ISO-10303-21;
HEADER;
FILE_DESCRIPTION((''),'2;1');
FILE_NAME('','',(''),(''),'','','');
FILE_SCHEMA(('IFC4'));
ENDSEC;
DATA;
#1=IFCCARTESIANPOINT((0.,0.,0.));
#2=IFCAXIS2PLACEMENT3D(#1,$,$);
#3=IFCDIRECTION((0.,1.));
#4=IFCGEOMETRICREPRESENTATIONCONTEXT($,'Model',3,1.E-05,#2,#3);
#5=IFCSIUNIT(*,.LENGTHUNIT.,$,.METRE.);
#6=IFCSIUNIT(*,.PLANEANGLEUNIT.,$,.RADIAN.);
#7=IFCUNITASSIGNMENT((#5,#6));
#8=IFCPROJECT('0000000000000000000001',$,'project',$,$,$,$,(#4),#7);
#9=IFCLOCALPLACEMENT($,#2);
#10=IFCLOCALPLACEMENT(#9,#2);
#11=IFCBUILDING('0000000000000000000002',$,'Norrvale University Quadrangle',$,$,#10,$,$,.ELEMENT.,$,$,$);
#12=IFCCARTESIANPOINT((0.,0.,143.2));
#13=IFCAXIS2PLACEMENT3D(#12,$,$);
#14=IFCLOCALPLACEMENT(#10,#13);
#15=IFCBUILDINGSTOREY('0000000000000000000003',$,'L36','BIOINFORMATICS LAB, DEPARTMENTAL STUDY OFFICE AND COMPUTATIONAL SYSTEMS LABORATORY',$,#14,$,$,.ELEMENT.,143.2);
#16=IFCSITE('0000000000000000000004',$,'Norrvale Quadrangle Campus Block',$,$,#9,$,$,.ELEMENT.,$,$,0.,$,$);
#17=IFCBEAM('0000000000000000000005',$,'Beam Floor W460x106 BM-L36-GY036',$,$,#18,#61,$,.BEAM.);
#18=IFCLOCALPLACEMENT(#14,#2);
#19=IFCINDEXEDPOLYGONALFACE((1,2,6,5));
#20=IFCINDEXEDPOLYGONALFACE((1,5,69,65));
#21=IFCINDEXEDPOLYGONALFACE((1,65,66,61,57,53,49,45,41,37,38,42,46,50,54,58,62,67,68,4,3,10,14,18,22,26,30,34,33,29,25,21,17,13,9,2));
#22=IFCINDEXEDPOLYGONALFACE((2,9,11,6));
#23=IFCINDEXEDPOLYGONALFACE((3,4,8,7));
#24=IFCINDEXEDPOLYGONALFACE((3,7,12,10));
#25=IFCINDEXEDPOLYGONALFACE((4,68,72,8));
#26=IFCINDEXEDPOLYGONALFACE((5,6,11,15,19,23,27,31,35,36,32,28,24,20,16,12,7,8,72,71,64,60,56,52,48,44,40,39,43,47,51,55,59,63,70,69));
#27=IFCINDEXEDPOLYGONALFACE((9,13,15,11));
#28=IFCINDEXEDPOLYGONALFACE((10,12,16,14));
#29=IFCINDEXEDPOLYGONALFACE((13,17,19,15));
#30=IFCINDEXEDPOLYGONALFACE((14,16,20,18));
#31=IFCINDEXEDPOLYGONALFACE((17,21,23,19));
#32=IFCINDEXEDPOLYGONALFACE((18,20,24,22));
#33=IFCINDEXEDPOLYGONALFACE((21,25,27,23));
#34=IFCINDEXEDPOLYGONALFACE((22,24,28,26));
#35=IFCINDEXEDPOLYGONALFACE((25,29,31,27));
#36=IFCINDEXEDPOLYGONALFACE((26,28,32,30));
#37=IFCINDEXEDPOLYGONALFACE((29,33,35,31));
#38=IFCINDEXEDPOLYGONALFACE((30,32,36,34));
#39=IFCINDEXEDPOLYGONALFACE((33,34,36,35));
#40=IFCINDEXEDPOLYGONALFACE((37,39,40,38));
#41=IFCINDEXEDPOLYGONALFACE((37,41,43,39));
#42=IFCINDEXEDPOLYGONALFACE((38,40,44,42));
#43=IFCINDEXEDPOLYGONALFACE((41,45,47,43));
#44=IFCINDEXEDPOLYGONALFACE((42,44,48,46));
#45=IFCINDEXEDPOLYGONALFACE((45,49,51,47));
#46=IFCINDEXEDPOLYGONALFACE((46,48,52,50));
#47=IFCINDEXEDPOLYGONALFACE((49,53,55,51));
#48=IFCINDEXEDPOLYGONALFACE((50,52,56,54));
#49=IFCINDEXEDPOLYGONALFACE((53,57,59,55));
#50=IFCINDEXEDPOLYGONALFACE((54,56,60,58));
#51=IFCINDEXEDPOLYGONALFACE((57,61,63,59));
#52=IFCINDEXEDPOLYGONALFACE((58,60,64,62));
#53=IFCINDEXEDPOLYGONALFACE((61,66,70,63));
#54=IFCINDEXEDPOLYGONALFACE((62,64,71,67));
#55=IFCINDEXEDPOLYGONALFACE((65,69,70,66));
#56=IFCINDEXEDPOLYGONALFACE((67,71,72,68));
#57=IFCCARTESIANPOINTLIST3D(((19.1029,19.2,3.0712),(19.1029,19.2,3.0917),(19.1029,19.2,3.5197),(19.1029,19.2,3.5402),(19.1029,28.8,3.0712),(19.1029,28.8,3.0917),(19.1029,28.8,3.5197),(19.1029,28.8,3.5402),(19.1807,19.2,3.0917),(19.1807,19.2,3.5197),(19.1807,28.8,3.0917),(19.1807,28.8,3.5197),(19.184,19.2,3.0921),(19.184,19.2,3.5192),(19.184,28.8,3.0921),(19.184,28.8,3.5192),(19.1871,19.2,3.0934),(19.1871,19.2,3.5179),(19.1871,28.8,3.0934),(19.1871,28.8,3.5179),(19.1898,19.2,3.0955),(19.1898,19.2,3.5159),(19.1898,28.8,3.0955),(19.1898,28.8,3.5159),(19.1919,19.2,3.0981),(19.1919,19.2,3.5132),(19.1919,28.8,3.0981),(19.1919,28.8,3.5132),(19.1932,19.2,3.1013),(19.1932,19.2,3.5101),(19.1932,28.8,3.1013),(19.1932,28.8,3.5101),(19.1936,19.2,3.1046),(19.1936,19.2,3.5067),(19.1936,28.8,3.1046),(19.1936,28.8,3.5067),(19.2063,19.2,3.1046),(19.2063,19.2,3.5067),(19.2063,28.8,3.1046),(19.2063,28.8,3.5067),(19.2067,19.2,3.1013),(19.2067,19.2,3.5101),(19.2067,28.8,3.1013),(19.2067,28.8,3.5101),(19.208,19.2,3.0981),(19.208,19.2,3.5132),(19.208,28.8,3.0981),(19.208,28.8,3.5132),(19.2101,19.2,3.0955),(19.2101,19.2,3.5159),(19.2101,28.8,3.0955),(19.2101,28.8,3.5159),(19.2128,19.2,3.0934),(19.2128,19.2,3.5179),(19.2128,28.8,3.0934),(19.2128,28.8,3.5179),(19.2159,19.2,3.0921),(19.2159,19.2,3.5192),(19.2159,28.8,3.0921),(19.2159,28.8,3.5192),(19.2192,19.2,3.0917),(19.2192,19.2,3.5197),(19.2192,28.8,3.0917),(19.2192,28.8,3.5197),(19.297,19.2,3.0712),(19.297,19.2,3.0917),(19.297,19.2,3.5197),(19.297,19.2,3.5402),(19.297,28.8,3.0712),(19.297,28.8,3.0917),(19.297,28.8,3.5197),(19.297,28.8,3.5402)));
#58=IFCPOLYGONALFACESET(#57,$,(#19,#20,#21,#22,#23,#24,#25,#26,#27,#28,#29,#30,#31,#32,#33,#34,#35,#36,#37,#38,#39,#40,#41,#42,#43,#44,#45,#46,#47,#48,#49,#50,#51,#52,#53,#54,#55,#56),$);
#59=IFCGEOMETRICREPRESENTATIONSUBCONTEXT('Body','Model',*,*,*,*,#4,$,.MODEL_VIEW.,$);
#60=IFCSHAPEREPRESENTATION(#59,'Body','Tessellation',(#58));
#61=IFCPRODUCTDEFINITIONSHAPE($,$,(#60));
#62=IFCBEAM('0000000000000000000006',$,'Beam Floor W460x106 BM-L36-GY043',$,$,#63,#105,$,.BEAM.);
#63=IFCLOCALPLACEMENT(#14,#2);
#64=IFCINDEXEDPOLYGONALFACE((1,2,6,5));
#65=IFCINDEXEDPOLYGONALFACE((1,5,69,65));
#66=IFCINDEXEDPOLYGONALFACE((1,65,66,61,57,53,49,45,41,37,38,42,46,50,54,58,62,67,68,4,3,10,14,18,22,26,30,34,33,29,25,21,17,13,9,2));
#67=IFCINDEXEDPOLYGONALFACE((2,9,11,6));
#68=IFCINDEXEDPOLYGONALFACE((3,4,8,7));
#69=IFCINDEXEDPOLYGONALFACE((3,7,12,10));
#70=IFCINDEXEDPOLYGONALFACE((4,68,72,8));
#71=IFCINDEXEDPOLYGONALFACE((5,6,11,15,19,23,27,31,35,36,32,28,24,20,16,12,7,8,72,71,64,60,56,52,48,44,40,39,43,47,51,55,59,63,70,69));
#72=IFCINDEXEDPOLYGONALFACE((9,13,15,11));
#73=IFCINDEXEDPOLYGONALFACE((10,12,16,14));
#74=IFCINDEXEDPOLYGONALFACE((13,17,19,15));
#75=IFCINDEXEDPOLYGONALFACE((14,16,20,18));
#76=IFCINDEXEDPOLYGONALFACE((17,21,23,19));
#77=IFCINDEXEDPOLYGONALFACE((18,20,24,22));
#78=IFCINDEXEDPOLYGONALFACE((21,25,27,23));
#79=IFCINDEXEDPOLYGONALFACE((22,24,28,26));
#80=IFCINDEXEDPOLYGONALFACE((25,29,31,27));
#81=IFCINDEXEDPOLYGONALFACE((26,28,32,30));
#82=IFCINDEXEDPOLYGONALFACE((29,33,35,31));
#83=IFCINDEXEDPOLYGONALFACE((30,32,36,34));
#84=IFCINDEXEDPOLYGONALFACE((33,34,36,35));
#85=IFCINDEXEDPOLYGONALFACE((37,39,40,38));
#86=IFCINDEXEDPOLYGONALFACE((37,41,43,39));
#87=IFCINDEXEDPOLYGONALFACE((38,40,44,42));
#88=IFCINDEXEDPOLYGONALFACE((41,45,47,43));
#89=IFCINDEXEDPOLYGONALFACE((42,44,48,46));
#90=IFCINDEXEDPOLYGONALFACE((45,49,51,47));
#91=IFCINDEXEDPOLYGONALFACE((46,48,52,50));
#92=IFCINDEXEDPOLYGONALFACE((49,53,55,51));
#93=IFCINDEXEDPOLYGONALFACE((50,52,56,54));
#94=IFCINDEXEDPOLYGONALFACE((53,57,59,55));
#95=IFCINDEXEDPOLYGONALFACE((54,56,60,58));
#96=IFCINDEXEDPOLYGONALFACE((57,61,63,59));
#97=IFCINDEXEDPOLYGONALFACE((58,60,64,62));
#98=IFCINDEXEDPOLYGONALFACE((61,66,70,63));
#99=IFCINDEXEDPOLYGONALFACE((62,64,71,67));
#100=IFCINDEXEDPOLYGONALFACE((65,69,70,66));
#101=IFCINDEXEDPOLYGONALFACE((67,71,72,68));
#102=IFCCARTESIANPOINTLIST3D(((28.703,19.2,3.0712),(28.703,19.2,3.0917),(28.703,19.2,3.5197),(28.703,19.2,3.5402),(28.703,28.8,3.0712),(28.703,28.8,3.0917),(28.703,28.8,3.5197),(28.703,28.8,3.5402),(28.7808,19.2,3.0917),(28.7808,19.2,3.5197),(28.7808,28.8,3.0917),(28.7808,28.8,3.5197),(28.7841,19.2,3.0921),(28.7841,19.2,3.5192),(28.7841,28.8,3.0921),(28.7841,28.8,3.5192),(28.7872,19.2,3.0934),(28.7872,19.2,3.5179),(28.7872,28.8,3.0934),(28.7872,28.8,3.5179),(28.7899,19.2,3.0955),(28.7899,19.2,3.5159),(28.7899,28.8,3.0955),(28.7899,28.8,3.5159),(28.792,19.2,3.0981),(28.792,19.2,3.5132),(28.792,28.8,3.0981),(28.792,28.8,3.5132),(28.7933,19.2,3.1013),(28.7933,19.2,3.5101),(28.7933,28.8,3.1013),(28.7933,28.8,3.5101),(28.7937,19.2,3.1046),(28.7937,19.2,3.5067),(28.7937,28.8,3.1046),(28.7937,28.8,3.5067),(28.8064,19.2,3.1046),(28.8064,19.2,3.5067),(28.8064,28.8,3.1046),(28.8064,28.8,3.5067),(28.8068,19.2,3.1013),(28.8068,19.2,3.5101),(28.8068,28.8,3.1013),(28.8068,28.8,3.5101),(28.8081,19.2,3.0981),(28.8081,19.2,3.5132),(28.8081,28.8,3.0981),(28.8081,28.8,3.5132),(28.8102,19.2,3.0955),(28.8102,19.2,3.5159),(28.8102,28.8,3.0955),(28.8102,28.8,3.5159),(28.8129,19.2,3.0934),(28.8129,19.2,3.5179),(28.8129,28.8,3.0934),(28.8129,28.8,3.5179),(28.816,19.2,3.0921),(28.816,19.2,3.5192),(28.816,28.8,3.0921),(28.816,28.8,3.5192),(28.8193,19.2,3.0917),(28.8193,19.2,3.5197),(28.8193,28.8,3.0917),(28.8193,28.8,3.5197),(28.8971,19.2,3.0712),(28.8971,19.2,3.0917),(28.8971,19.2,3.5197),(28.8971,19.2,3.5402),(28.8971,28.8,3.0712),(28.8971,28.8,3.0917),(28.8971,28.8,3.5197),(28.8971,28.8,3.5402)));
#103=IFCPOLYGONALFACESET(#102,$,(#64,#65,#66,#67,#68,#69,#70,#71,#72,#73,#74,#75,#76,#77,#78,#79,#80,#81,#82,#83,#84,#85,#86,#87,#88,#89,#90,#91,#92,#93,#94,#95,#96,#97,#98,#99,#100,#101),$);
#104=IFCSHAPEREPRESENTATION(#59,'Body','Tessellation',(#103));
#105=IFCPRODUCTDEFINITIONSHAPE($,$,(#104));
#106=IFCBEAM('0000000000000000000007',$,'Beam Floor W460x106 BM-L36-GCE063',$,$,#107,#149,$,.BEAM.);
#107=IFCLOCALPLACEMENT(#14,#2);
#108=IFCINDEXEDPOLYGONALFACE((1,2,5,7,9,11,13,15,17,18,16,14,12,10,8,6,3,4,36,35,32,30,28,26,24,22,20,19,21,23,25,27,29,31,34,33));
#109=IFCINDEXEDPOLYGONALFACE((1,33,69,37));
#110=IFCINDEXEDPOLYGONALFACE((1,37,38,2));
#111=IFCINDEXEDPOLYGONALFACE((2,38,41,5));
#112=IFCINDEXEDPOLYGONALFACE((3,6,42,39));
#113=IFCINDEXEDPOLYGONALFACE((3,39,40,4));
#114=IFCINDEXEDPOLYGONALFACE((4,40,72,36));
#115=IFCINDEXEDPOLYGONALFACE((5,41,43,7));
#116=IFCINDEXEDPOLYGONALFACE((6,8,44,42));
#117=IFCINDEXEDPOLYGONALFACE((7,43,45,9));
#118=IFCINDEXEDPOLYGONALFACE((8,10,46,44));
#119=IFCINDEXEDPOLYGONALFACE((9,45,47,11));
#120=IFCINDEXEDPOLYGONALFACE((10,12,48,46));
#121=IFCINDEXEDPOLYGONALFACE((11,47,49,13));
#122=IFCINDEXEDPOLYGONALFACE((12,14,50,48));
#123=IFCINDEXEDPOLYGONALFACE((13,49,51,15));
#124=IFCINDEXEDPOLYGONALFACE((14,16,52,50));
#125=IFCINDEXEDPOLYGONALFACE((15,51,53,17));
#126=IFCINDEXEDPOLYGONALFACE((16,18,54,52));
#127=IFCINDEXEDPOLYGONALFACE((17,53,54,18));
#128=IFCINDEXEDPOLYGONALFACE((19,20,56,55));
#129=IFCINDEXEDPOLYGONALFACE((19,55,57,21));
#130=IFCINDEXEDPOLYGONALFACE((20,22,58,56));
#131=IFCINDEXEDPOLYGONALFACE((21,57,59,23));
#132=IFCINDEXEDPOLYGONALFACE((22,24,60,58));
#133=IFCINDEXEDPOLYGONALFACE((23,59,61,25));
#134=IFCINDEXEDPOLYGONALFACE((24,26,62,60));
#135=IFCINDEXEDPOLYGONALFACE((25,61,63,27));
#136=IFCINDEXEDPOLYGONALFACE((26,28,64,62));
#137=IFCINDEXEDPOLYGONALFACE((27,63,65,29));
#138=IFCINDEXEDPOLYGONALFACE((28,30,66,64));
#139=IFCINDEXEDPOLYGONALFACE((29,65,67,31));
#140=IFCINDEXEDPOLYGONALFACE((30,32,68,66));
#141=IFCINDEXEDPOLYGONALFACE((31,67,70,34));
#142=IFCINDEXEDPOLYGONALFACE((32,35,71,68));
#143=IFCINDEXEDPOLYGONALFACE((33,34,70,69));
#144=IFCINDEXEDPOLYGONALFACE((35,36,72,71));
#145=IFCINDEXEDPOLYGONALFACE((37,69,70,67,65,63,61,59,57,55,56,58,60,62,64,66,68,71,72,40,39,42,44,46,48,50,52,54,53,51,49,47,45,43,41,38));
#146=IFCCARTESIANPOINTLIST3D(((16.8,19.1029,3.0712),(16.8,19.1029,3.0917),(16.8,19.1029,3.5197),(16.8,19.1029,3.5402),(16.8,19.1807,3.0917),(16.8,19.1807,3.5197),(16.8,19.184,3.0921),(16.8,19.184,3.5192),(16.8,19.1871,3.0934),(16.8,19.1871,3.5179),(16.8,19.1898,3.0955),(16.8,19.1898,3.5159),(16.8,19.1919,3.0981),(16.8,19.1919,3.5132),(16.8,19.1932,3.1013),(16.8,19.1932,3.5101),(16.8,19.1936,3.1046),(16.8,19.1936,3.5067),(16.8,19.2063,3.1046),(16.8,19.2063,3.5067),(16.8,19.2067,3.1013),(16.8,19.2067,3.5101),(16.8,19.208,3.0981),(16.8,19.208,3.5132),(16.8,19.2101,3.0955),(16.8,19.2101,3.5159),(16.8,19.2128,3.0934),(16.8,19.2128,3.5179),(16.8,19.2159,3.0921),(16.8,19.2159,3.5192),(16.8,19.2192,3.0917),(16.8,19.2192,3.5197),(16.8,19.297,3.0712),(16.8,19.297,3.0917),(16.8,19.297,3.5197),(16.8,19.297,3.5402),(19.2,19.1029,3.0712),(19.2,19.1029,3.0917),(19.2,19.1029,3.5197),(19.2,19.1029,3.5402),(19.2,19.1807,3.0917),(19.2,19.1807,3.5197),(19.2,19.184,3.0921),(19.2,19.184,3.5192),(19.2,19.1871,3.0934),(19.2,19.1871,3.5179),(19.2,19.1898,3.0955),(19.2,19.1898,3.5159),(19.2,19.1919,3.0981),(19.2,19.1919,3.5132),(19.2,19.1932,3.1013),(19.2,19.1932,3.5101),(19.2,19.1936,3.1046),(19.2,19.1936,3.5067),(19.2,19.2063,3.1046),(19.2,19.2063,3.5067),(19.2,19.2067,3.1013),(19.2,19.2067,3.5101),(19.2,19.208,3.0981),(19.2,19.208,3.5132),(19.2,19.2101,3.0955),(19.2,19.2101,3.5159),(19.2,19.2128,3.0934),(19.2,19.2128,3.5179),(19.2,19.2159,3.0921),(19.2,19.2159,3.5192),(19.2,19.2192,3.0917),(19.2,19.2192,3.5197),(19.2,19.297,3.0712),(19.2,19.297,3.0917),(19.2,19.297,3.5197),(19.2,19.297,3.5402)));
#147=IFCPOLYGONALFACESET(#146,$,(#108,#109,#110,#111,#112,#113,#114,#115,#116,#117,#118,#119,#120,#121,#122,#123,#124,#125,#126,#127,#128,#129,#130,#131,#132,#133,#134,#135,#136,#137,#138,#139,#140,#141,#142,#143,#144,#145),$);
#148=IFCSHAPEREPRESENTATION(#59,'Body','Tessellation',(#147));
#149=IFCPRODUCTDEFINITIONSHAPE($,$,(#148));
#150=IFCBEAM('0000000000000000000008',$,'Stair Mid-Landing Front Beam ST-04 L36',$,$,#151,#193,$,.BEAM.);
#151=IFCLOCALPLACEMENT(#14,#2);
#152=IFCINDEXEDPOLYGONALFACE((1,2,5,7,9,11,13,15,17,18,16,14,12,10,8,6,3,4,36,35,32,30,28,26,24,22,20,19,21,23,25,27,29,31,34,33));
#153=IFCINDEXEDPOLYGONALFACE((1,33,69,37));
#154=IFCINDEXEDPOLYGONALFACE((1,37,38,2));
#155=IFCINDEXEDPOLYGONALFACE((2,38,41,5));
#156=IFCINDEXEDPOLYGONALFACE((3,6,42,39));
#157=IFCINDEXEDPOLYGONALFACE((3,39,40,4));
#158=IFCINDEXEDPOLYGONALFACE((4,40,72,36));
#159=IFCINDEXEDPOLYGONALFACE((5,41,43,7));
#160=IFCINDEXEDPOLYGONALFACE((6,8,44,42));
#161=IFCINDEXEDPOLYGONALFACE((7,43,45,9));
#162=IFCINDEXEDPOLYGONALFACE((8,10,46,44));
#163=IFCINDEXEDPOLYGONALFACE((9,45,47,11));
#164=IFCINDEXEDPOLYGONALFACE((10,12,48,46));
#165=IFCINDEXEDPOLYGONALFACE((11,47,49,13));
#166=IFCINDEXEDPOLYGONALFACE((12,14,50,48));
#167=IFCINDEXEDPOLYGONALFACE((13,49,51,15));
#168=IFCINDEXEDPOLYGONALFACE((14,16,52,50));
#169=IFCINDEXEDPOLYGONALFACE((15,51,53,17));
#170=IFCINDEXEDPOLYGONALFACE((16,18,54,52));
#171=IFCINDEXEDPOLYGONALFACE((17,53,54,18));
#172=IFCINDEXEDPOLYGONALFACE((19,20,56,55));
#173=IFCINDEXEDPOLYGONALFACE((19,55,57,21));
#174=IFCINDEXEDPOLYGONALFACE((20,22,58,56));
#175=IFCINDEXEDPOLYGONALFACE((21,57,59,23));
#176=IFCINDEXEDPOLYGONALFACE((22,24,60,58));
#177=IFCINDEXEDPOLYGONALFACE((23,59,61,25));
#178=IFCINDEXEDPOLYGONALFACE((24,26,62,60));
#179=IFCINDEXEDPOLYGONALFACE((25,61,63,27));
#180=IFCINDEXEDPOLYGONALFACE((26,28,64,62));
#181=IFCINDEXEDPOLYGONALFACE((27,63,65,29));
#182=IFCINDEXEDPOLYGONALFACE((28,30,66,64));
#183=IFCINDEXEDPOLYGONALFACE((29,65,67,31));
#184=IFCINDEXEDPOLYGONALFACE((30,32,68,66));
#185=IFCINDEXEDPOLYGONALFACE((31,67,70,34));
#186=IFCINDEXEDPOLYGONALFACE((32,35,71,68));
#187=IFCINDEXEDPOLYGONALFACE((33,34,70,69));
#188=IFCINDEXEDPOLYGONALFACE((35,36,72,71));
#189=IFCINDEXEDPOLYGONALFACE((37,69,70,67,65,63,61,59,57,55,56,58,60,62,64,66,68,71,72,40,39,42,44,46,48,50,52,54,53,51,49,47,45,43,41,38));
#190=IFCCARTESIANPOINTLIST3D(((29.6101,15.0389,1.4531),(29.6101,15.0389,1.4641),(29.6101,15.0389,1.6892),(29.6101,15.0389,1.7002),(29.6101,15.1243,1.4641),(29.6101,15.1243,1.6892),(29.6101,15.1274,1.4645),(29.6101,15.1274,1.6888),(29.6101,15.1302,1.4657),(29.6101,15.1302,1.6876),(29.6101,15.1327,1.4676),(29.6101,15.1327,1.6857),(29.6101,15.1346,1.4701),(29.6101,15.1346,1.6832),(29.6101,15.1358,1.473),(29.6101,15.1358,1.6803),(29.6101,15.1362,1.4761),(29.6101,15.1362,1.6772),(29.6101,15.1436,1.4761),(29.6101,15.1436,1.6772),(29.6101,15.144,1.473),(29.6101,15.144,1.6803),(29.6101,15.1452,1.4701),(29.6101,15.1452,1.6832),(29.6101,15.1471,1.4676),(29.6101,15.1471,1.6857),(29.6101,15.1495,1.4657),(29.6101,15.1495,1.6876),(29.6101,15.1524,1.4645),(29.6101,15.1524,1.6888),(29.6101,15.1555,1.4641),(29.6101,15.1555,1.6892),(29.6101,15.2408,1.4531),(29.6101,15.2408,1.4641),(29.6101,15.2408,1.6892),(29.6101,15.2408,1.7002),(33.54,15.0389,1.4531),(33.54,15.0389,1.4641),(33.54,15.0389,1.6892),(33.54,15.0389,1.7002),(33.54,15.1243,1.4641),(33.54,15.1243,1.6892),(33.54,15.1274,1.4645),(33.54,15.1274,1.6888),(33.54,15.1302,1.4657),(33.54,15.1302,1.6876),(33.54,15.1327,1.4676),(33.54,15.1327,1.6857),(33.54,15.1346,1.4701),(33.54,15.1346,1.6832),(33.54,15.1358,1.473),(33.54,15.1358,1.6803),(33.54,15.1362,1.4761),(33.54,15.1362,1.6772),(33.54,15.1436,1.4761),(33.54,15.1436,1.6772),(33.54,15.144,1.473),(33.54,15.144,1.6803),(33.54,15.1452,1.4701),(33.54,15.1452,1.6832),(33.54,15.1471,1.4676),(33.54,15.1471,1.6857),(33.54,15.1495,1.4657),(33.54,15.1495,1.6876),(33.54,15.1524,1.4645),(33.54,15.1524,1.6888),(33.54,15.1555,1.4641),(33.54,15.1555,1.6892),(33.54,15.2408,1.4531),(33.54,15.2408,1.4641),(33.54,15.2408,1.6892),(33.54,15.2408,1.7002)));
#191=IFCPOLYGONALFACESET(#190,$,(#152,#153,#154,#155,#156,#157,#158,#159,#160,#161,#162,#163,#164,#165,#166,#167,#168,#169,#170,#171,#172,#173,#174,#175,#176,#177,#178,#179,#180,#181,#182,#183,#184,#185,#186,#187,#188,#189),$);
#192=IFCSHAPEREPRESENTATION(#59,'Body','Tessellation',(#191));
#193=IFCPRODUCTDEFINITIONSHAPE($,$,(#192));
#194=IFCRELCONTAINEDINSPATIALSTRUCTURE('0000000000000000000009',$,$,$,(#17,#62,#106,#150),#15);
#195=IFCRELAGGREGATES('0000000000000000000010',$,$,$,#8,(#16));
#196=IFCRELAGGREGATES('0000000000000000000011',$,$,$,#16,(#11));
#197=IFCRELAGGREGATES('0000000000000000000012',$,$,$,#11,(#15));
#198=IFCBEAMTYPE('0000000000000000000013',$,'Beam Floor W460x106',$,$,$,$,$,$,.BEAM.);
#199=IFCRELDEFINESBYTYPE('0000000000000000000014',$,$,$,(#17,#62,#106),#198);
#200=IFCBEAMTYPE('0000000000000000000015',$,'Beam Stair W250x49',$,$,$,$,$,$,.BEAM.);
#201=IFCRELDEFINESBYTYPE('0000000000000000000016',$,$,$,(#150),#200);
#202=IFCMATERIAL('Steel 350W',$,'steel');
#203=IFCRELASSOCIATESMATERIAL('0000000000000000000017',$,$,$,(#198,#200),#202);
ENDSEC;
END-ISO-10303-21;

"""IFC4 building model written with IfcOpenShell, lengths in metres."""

from ifc_helpers import new_model, si_unit, direction, frame, origin, origin_2d, place, context, subcontext, project, spatial, i_section, extrude, material, material_profile, profile_set, type_object, element, save


model = new_model("IFC4")

# Units and contexts
model_context = context("Model", 3, precision=1e-05, world=origin(), true_north=direction((0.0, 1.0)))
body_context = subcontext(model_context, "Body", "Model", "MODEL_VIEW")
ifc_project = project(units=[si_unit("LENGTHUNIT", "METRE"), si_unit("PLANEANGLEUNIT", "RADIAN")], contexts=[model_context])

# Site, building, storey
site_placement = place(None, origin())
site = spatial("IfcSite", under=ifc_project, at=site_placement, Name="Norrvale Quadrangle Campus Block", CompositionType="ELEMENT", RefElevation=0.0)
building_placement = place(site_placement, origin())
building = spatial("IfcBuilding", under=site, at=building_placement, Name="Norrvale University Quadrangle", CompositionType="ELEMENT")
storey_placement = place(building_placement, frame((0.0, 0.0, 143.2)))
storey = spatial("IfcBuildingStorey", under=building, at=storey_placement, Name="L36", Description="BIOINFORMATICS LAB, DEPARTMENTAL STUDY OFFICE AND COMPUTATIONAL SYSTEMS LABORATORY", CompositionType="ELEMENT", Elevation=143.2)

# Beams
ifc_material_1 = material(Name="Steel 350W", Category="steel")
ifc_material_profile_1 = material_profile(ifc_material_1, i_section(OverallWidth=0.1941, OverallDepth=0.469, WebThickness=0.0127, FlangeThickness=0.0205, FilletRadius=0.0129, at=origin_2d()), Name="Steel 350W")
ifc_profile_set_1 = profile_set([ifc_material_profile_1], Name="Steel 350W")
beam_type_1 = type_object("IfcBeamType", Name="Beam Floor W460x106", PredefinedType="BEAM", material=ifc_profile_set_1)
for number, where, z_axis, x_axis, name in (
    (1, (19.2, 19.2, 3.3057), (0.0, 1.0, 0.0), (-1.0, 0.0, 0.0), "Beam Floor W460x106 BM-L36-GY036"),
    (2, (28.8, 19.2, 3.3057), (0.0, 1.0, 0.0), (-1.0, 0.0, 0.0), "Beam Floor W460x106 BM-L36-GY043"),
):
    element("IfcBeam", number, at=place(storey_placement, frame(where, z_axis=z_axis, x_axis=x_axis)), inside=storey, type_object=beam_type_1, Name=name, PredefinedType="BEAM", context=body_context, shape_type="SweptSolid", body=[
        extrude(i_section(OverallWidth=0.1941, OverallDepth=0.469, WebThickness=0.0127, FlangeThickness=0.0205, FilletRadius=0.0129, at=origin_2d()), origin(), (0.0, 0.0, 1.0), 9.6001),
    ])
beam_1_placement = place(storey_placement, frame((16.8, 19.2, 3.3057), z_axis=(1.0, 0.0, 0.0), x_axis=(0.0, 1.0, 0.0)))
element("IfcBeam", 3, at=beam_1_placement, inside=storey, type_object=beam_type_1, Name="Beam Floor W460x106 BM-L36-GCE063", PredefinedType="BEAM", context=body_context, shape_type="SweptSolid", body=[
    extrude(i_section(OverallWidth=0.1941, OverallDepth=0.469, WebThickness=0.0127, FlangeThickness=0.0205, FilletRadius=0.0129, at=origin_2d()), origin(), (0.0, 0.0, 1.0), 2.3999),
])
ifc_material_profile_2 = material_profile(ifc_material_1, i_section(OverallWidth=0.2019, OverallDepth=0.2471, WebThickness=0.0073, FlangeThickness=0.011, FilletRadius=0.012, at=origin_2d()), Name="Steel 350W")
ifc_profile_set_2 = profile_set([ifc_material_profile_2], Name="Steel 350W")
beam_type_2 = type_object("IfcBeamType", Name="Beam Stair W250x49", PredefinedType="BEAM", material=ifc_profile_set_2)
for number, where, z_axis, x_axis, name in (
    (4, (29.6101, 15.1399, 1.5767), (1.0, 0.0, 0.0), (0.0, 1.0, 0.0), "Stair Mid-Landing Front Beam ST-04 L36"),
):
    element("IfcBeam", number, at=place(storey_placement, frame(where, z_axis=z_axis, x_axis=x_axis)), inside=storey, type_object=beam_type_2, Name=name, PredefinedType="BEAM", context=body_context, shape_type="SweptSolid", body=[
        extrude(i_section(OverallWidth=0.2019, OverallDepth=0.2471, WebThickness=0.0073, FlangeThickness=0.011, FilletRadius=0.012, at=origin_2d()), origin(), (0.0, 0.0, 1.0), 3.9299),
    ])

save(model, "model.ifc")
